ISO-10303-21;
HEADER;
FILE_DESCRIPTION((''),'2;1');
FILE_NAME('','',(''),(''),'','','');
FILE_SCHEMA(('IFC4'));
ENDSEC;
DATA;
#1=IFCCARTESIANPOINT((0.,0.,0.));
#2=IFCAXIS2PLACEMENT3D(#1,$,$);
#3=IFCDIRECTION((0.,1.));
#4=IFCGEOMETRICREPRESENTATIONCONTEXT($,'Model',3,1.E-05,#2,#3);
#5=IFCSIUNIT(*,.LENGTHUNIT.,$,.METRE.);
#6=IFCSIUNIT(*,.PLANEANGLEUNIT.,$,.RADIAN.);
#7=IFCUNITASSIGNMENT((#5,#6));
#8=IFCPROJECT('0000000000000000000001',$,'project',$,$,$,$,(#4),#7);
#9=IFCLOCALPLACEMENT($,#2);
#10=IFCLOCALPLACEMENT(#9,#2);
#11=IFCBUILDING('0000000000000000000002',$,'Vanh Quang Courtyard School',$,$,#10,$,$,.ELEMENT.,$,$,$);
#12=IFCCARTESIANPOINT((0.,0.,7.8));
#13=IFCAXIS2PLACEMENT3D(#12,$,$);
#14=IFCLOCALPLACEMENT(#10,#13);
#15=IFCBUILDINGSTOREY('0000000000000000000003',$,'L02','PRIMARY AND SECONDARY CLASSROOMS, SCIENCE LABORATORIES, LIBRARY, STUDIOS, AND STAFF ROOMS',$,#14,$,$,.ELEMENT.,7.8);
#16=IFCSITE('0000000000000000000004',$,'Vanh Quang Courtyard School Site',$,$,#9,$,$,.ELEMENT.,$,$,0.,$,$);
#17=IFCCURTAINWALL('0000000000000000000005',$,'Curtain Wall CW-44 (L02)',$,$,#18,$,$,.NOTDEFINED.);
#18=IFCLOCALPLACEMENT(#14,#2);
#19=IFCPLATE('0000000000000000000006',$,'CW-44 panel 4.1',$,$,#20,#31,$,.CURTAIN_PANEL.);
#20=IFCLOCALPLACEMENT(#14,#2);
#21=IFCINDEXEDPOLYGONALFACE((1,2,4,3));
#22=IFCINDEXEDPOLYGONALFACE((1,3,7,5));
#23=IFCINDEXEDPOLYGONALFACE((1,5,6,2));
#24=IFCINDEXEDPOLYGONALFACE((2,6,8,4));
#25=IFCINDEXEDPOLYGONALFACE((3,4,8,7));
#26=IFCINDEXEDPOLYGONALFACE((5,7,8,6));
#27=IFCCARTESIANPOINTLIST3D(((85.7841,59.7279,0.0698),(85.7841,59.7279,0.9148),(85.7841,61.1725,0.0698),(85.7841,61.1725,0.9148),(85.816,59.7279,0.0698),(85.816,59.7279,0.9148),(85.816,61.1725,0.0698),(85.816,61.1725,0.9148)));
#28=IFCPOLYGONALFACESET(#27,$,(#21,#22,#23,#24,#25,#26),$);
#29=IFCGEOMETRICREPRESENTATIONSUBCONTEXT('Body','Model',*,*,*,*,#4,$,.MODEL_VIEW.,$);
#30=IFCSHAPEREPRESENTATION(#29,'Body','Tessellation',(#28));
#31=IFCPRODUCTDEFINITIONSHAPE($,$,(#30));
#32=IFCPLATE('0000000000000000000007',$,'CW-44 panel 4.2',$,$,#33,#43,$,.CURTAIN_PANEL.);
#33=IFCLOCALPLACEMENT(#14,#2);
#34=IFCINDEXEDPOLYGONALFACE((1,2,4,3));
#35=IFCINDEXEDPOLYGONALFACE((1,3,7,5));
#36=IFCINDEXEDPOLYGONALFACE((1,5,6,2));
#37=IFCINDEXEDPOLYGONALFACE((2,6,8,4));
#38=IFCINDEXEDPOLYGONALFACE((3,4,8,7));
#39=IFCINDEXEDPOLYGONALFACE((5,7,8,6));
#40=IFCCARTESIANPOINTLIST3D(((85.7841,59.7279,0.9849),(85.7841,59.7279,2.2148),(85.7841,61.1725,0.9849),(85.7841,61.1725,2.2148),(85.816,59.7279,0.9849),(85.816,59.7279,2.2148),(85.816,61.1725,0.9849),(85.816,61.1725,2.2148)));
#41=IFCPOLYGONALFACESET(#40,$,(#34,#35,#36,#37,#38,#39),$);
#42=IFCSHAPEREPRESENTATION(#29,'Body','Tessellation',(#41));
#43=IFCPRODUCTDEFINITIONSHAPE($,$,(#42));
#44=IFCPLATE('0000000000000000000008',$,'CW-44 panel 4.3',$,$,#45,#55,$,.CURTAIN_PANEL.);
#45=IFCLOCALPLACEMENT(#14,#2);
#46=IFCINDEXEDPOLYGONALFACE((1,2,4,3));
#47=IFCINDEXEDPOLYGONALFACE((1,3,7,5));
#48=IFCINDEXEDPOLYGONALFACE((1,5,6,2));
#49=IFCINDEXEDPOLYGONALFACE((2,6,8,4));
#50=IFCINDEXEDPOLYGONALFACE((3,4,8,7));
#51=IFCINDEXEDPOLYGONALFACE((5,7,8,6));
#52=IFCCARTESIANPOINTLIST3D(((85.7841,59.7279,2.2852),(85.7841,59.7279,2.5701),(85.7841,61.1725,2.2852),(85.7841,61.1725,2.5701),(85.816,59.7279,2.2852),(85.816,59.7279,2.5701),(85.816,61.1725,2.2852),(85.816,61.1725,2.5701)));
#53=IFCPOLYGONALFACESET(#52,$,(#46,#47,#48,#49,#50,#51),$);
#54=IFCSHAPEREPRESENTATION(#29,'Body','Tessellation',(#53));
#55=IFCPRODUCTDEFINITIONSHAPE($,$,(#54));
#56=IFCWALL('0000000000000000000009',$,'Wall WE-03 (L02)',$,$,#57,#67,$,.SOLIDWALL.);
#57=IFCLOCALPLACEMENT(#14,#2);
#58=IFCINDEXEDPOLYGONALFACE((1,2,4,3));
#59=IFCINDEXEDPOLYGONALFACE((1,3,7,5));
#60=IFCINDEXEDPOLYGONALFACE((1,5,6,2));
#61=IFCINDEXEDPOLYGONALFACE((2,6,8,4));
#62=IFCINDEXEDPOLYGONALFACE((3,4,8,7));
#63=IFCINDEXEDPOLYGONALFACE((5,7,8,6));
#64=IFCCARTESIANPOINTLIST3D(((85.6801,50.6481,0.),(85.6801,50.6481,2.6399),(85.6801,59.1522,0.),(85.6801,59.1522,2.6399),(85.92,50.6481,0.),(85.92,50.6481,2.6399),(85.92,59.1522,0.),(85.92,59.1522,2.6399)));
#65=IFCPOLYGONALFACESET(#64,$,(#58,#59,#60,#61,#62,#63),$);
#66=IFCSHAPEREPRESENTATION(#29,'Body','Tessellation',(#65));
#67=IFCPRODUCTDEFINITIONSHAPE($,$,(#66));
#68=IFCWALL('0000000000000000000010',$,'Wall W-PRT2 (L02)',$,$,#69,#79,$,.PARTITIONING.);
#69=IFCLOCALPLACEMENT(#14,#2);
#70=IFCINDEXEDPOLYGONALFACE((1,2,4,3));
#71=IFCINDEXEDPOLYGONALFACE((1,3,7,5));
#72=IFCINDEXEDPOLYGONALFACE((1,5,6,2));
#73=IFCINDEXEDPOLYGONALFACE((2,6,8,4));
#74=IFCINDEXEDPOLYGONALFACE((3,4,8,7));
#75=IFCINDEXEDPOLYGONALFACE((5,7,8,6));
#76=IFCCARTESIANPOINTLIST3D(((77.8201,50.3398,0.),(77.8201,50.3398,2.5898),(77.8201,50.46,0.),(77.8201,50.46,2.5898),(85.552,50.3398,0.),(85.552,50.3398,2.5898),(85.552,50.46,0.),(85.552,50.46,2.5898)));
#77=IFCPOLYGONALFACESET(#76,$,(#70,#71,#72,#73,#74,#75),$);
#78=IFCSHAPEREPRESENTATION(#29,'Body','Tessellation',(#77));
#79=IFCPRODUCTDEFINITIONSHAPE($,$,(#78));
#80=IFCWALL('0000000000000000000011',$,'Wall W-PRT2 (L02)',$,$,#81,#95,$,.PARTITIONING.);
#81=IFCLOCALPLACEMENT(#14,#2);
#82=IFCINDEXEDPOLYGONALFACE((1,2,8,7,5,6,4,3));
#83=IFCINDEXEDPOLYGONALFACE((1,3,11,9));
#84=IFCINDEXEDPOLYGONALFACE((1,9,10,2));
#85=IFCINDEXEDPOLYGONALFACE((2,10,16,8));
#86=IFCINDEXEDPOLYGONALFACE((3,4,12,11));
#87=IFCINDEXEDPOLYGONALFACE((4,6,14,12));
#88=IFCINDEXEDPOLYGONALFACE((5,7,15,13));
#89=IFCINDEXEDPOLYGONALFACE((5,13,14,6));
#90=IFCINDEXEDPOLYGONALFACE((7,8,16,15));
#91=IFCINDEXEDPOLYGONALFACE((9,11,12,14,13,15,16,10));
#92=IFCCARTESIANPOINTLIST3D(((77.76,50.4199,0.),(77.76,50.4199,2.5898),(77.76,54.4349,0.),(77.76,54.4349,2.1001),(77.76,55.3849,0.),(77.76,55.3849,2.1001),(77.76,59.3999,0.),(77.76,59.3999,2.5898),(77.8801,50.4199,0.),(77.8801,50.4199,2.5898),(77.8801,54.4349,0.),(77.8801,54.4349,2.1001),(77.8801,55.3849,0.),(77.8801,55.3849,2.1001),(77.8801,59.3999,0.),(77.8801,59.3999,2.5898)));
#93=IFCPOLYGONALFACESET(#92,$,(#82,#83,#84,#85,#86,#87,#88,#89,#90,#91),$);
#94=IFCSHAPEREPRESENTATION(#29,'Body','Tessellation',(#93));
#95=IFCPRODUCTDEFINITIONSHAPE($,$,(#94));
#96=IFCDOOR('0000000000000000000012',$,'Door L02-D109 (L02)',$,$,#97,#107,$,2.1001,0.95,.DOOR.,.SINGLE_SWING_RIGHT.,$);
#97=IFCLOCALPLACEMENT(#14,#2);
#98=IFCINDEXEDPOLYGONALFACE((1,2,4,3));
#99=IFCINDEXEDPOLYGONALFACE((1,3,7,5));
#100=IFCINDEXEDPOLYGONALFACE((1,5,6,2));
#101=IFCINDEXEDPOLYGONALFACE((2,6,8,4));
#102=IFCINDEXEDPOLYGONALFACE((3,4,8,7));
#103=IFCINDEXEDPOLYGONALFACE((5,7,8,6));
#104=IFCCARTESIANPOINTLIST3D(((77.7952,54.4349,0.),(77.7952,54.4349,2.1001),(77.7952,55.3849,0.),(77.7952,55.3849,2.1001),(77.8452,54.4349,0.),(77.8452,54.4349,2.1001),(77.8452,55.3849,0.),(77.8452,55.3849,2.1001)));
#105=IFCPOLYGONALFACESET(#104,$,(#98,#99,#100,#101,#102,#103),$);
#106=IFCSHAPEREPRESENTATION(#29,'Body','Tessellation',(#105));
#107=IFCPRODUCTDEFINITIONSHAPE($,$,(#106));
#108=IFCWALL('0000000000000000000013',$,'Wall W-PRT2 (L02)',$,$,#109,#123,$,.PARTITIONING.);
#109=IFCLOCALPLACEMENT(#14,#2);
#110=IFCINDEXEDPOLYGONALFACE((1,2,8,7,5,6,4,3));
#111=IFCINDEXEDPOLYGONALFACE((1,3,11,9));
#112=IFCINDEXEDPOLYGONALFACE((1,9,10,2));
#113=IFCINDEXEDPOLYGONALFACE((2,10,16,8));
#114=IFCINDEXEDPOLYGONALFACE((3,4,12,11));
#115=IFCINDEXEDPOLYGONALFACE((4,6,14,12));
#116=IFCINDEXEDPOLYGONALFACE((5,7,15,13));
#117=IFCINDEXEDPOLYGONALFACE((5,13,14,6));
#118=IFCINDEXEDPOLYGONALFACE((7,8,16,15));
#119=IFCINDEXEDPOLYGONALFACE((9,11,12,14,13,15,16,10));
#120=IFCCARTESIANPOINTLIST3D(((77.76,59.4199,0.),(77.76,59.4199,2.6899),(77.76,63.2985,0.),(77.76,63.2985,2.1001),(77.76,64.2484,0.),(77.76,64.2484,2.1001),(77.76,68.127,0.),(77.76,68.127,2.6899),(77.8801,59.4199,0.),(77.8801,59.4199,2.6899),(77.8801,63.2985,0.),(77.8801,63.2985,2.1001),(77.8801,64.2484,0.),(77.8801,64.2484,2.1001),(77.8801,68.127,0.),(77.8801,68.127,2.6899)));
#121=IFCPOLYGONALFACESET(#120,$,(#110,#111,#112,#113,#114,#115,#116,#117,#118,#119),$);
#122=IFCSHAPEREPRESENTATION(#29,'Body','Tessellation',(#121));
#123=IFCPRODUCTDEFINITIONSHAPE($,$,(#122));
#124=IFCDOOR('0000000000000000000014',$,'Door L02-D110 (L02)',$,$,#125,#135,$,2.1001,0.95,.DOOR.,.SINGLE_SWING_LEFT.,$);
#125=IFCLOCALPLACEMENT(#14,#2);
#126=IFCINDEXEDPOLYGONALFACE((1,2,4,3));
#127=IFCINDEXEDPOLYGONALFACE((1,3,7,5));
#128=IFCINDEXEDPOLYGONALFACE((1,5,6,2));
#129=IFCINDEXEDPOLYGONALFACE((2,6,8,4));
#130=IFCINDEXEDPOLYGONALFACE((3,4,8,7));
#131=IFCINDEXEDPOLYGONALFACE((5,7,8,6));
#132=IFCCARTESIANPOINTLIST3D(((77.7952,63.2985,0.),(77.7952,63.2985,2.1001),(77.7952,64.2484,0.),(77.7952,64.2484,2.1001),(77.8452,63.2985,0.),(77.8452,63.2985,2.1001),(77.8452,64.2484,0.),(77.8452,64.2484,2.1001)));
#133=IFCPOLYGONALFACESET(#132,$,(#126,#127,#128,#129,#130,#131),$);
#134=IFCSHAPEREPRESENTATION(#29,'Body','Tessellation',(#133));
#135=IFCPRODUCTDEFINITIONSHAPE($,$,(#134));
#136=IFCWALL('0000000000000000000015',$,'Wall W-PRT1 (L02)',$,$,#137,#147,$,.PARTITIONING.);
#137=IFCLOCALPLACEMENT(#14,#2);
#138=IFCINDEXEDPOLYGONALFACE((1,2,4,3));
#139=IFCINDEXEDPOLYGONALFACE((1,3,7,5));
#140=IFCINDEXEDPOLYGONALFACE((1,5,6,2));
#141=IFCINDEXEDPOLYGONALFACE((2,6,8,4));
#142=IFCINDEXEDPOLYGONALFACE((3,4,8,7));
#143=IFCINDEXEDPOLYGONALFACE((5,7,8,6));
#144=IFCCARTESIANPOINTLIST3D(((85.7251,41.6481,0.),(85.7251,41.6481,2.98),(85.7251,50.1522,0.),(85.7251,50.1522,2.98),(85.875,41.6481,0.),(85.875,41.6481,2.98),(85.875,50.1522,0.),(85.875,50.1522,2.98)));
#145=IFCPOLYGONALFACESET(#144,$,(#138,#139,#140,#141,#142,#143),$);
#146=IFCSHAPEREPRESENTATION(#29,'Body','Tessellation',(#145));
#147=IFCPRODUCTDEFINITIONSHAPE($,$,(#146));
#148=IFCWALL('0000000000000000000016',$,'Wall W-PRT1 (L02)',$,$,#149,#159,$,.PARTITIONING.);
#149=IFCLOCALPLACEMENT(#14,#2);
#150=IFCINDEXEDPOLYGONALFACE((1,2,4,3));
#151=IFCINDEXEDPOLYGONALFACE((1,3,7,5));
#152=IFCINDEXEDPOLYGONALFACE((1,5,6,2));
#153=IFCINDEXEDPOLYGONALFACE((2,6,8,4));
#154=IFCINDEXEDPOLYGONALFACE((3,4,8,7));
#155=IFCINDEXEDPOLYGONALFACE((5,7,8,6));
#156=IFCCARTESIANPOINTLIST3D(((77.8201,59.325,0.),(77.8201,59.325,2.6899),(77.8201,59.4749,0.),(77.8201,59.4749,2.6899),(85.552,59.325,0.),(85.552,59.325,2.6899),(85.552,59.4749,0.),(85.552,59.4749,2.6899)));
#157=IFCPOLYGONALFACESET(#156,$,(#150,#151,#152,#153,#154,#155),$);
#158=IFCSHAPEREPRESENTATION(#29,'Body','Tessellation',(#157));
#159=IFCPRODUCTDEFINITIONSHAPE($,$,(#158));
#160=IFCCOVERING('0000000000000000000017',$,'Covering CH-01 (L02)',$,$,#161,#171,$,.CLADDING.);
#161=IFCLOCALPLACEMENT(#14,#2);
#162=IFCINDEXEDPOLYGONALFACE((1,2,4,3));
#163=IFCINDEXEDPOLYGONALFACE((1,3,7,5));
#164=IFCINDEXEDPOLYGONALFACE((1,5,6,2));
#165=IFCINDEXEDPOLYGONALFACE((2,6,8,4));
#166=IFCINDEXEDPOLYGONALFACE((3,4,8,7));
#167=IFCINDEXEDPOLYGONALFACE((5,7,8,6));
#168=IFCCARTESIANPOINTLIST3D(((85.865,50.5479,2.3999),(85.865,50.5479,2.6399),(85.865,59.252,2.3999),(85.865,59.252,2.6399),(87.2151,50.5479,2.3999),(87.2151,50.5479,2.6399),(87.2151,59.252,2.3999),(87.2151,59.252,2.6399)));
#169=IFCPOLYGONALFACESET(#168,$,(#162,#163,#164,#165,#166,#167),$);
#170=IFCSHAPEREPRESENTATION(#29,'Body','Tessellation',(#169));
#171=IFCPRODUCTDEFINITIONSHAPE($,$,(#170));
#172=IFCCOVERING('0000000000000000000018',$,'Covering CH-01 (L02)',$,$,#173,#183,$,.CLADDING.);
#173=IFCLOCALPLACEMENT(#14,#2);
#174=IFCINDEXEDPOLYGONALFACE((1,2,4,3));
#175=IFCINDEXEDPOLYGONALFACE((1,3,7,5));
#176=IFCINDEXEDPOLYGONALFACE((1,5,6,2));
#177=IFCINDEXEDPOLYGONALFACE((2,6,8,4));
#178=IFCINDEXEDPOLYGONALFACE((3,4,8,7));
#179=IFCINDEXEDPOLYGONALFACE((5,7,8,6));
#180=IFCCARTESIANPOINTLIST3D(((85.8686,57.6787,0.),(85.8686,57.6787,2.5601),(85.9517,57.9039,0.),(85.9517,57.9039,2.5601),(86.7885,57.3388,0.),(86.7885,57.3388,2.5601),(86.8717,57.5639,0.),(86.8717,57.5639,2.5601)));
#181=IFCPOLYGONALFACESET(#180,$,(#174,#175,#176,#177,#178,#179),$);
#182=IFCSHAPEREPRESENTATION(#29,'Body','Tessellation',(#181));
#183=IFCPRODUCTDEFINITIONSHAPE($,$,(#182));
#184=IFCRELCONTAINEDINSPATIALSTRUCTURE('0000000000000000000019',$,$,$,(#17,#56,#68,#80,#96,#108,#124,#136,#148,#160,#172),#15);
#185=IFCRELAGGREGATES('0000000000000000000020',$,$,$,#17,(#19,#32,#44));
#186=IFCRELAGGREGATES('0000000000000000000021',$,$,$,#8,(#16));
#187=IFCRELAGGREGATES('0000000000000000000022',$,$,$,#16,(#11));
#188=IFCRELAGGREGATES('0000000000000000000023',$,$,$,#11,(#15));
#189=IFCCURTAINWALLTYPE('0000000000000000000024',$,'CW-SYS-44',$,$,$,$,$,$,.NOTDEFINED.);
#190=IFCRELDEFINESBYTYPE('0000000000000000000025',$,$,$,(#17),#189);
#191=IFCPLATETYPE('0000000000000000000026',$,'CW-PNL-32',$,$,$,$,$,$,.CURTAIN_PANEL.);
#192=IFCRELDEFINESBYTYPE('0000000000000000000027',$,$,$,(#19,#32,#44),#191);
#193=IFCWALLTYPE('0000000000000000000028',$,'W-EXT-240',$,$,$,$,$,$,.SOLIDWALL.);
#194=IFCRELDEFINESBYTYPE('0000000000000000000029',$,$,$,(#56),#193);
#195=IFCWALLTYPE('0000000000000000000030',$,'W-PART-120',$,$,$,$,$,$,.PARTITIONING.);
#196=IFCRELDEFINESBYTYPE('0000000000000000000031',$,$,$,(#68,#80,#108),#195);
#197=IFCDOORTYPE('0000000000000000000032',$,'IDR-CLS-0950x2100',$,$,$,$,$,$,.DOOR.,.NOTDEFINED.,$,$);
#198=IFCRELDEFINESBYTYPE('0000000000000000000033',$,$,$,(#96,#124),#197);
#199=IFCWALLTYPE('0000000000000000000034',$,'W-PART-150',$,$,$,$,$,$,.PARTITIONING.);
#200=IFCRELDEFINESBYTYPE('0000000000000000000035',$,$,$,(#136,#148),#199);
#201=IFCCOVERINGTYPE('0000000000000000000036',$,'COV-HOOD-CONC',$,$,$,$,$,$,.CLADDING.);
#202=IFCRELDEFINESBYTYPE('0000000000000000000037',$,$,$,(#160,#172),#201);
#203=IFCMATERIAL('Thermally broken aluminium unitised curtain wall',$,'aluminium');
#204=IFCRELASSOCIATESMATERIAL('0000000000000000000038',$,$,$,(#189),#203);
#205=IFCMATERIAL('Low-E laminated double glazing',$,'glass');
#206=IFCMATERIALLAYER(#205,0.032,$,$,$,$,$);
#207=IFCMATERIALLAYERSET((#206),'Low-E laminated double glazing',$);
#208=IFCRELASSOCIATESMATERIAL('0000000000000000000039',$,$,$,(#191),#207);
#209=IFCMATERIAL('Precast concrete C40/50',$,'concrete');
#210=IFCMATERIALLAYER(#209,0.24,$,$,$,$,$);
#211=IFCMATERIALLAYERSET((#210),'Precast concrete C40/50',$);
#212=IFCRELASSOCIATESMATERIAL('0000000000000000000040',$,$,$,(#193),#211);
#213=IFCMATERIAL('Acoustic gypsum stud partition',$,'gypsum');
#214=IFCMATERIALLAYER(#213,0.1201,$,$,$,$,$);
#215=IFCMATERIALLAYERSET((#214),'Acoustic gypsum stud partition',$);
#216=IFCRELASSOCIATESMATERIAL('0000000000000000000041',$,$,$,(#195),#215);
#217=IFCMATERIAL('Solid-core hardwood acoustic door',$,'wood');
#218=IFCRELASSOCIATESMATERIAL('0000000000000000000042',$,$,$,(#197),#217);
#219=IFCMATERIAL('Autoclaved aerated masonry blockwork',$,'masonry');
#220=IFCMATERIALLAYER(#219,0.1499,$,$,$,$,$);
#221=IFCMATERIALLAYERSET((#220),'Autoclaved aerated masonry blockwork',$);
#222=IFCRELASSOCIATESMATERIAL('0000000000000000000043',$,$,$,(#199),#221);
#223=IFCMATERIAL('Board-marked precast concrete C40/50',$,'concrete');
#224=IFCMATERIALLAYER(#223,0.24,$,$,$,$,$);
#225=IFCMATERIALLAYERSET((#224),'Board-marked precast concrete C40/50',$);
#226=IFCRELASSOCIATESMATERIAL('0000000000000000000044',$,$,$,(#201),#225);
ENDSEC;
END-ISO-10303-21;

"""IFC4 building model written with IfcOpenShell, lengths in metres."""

from ifc_helpers import new_model, si_unit, direction, frame, frame_2d, origin, origin_2d, place, context, subcontext, project, spatial, rectangle, extrude, material, layer, layer_set, type_object, element, fill, aggregate, save


model = new_model("IFC4")

# Units and contexts
model_context = context("Model", 3, precision=1e-05, world=origin(), true_north=direction((0.0, 1.0)))
body_context = subcontext(model_context, "Body", "Model", "MODEL_VIEW")
ifc_project = project(units=[si_unit("LENGTHUNIT", "METRE"), si_unit("PLANEANGLEUNIT", "RADIAN")], contexts=[model_context])

# Site, building, storey
site_placement = place(None, origin())
site = spatial("IfcSite", under=ifc_project, at=site_placement, Name="Vanh Quang Courtyard School Site", CompositionType="ELEMENT", RefElevation=0.0)
building_placement = place(site_placement, origin())
building = spatial("IfcBuilding", under=site, at=building_placement, Name="Vanh Quang Courtyard School", CompositionType="ELEMENT")
storey_placement = place(building_placement, frame((0.0, 0.0, 7.8)))
storey = spatial("IfcBuildingStorey", under=building, at=storey_placement, Name="L02", Description="PRIMARY AND SECONDARY CLASSROOMS, SCIENCE LABORATORIES, LIBRARY, STUDIOS, AND STAFF ROOMS", CompositionType="ELEMENT", Elevation=7.8)

# Curtain wall, plates
ifc_material_1 = material(Name="Thermally broken aluminium unitised curtain wall", Category="aluminium")
curtain_wall_type = type_object("IfcCurtainWallType", Name="CW-SYS-44", PredefinedType="NOTDEFINED", material=ifc_material_1)
curtain_wall_placement = place(storey_placement, origin())
curtain_wall = element("IfcCurtainWall", 1, at=curtain_wall_placement, inside=storey, type_object=curtain_wall_type, Name="Curtain Wall CW-44 (L02)", PredefinedType="NOTDEFINED")
ifc_material_2 = material(Name="Low-E laminated double glazing", Category="glass")
ifc_layer_1 = layer(ifc_material_2, 0.032)
ifc_layer_set_1 = layer_set([ifc_layer_1], Name="Low-E laminated double glazing")
plate_type = type_object("IfcPlateType", Name="CW-PNL-32", PredefinedType="CURTAIN_PANEL", material=ifc_layer_set_1)
plate_1_placement = place(storey_placement, frame((85.8, 60.4502, 0.0698), z_axis=(0.0, 0.0, 1.0), x_axis=(0.0, -1.0, 0.0)))
plate_1 = element("IfcPlate", 2, at=plate_1_placement, type_object=plate_type, Name="CW-44 panel 4.1", PredefinedType="CURTAIN_PANEL", context=body_context, shape_type="SweptSolid", body=[
    extrude(rectangle(XDim=1.4446, YDim=0.032, at=origin_2d()), origin(), (0.0, 0.0, 1.0), 0.845),
])
plate_2_placement = place(storey_placement, frame((85.8, 60.4502, 0.9849), z_axis=(0.0, 0.0, 1.0), x_axis=(0.0, -1.0, 0.0)))
plate_2 = element("IfcPlate", 3, at=plate_2_placement, type_object=plate_type, Name="CW-44 panel 4.2", PredefinedType="CURTAIN_PANEL", context=body_context, shape_type="SweptSolid", body=[
    extrude(rectangle(XDim=1.4446, YDim=0.032, at=origin_2d()), origin(), (0.0, 0.0, 1.0), 1.23),
])
plate_3_placement = place(storey_placement, frame((85.8, 60.4502, 2.2852), z_axis=(0.0, 0.0, 1.0), x_axis=(0.0, -1.0, 0.0)))
plate_3 = element("IfcPlate", 4, at=plate_3_placement, type_object=plate_type, Name="CW-44 panel 4.3", PredefinedType="CURTAIN_PANEL", context=body_context, shape_type="SweptSolid", body=[
    extrude(rectangle(XDim=1.4446, YDim=0.032, at=origin_2d()), origin(), (0.0, 0.0, 1.0), 0.2849),
])
aggregate(curtain_wall, [plate_1, plate_2, plate_3])

# Walls
ifc_material_3 = material(Name="Precast concrete C40/50", Category="concrete")
ifc_layer_2 = layer(ifc_material_3, 0.24)
ifc_layer_set_2 = layer_set([ifc_layer_2], Name="Precast concrete C40/50")
wall_type_1 = type_object("IfcWallType", Name="W-EXT-240", PredefinedType="SOLIDWALL", material=ifc_layer_set_2)
wall_1_placement = place(storey_placement, frame((85.8, 59.1521, 0.0), z_axis=(0.0, 0.0, 1.0), x_axis=(0.0, -1.0, 0.0)))
element("IfcWall", 5, at=wall_1_placement, inside=storey, type_object=wall_type_1, Name="Wall WE-03 (L02)", PredefinedType="SOLIDWALL", context=body_context, shape_type="SweptSolid", body=[
    extrude(rectangle(XDim=8.5042, YDim=0.24, at=frame_2d((4.252, 0.0))), origin(), (0.0, 0.0, 1.0), 2.6399),
])
ifc_material_4 = material(Name="Acoustic gypsum stud partition", Category="gypsum")
ifc_layer_3 = layer(ifc_material_4, 0.1201)
ifc_layer_set_3 = layer_set([ifc_layer_3], Name="Acoustic gypsum stud partition")
wall_type_2 = type_object("IfcWallType", Name="W-PART-120", PredefinedType="PARTITIONING", material=ifc_layer_set_3)
wall_2_placement = place(storey_placement, frame((77.8201, 50.3999, 0.0), z_axis=(0.0, 0.0, 1.0), x_axis=(1.0, 0.0, 0.0)))
element("IfcWall", 6, at=wall_2_placement, inside=storey, type_object=wall_type_2, Name="Wall W-PRT2 (L02)", PredefinedType="PARTITIONING", context=body_context, shape_type="SweptSolid", body=[
    extrude(rectangle(XDim=7.7319, YDim=0.1201, at=frame_2d((3.866, 0.0))), origin(), (0.0, 0.0, 1.0), 2.5898),
])

# Walls, openings, doors
wall_3_placement = place(storey_placement, frame((77.8201, 50.4199, 0.0), z_axis=(0.0, 0.0, 1.0), x_axis=(0.0, 1.0, 0.0)))
wall_3 = element("IfcWall", 7, at=wall_3_placement, inside=storey, type_object=wall_type_2, Name="Wall W-PRT2 (L02)", PredefinedType="PARTITIONING", context=body_context, shape_type="SweptSolid", body=[
    extrude(rectangle(XDim=8.98, YDim=0.1201, at=frame_2d((4.49, 0.0))), origin(), (0.0, 0.0, 1.0), 2.5898),
])
opening_1_placement = place(wall_3_placement, frame((4.0149, 0.0, 0.0)))
opening_1 = element("IfcOpeningElement", 8, at=opening_1_placement, cuts=wall_3, PredefinedType="OPENING", context=body_context, shape_type="SweptSolid", body=[
    extrude(rectangle(XDim=0.95, YDim=2.1001, at=frame_2d((0.4751, 1.05))), frame((0.0, 0.0701, 0.0), z_axis=(0.0, -1.0, 0.0), x_axis=(1.0, 0.0, 0.0)), (0.0, 0.0, 1.0), 0.1401),
])
ifc_material_5 = material(Name="Solid-core hardwood acoustic door", Category="wood")
door_type = type_object("IfcDoorType", Name="IDR-CLS-0950x2100", OperationType="NOTDEFINED", PredefinedType="DOOR", material=ifc_material_5)
door_1_placement = place(opening_1_placement, origin())
door_1 = element("IfcDoor", 9, at=door_1_placement, inside=storey, type_object=door_type, Name="Door L02-D109 (L02)", OperationType="SINGLE_SWING_RIGHT", OverallHeight=2.1001, OverallWidth=0.95, PredefinedType="DOOR", context=body_context, shape_type="SweptSolid", body=[
    extrude(rectangle(XDim=0.95, YDim=2.1001, at=frame_2d((0.4751, 1.05))), frame((0.0, 0.0249, 0.0), z_axis=(0.0, -1.0, 0.0), x_axis=(1.0, 0.0, 0.0)), (0.0, 0.0, 1.0), 0.05),
])
fill(opening_1, door_1)
wall_4_placement = place(storey_placement, frame((77.8201, 59.4199, 0.0), z_axis=(0.0, 0.0, 1.0), x_axis=(0.0, 1.0, 0.0)))
wall_4 = element("IfcWall", 10, at=wall_4_placement, inside=storey, type_object=wall_type_2, Name="Wall W-PRT2 (L02)", PredefinedType="PARTITIONING", context=body_context, shape_type="SweptSolid", body=[
    extrude(rectangle(XDim=8.707, YDim=0.1201, at=frame_2d((4.3535, 0.0))), origin(), (0.0, 0.0, 1.0), 2.6899),
])
opening_2_placement = place(wall_4_placement, frame((3.8784, 0.0, 0.0)))
opening_2 = element("IfcOpeningElement", 11, at=opening_2_placement, cuts=wall_4, PredefinedType="OPENING", context=body_context, shape_type="SweptSolid", body=[
    extrude(rectangle(XDim=0.95, YDim=2.1001, at=frame_2d((0.4751, 1.05))), frame((0.0, 0.0701, 0.0), z_axis=(0.0, -1.0, 0.0), x_axis=(1.0, 0.0, 0.0)), (0.0, 0.0, 1.0), 0.1401),
])
door_2_placement = place(opening_2_placement, origin())
door_2 = element("IfcDoor", 12, at=door_2_placement, inside=storey, type_object=door_type, Name="Door L02-D110 (L02)", OperationType="SINGLE_SWING_LEFT", OverallHeight=2.1001, OverallWidth=0.95, PredefinedType="DOOR", context=body_context, shape_type="SweptSolid", body=[
    extrude(rectangle(XDim=0.95, YDim=2.1001, at=frame_2d((0.4751, 1.05))), frame((0.0, 0.0249, 0.0), z_axis=(0.0, -1.0, 0.0), x_axis=(1.0, 0.0, 0.0)), (0.0, 0.0, 1.0), 0.05),
])
fill(opening_2, door_2)

# Walls
ifc_material_6 = material(Name="Autoclaved aerated masonry blockwork", Category="masonry")
ifc_layer_4 = layer(ifc_material_6, 0.1499)
ifc_layer_set_4 = layer_set([ifc_layer_4], Name="Autoclaved aerated masonry blockwork")
wall_type_3 = type_object("IfcWallType", Name="W-PART-150", PredefinedType="PARTITIONING", material=ifc_layer_set_4)
wall_5_placement = place(storey_placement, frame((85.8, 50.1521, 0.0), z_axis=(0.0, 0.0, 1.0), x_axis=(0.0, -1.0, 0.0)))
element("IfcWall", 13, at=wall_5_placement, inside=storey, type_object=wall_type_3, Name="Wall W-PRT1 (L02)", PredefinedType="PARTITIONING", context=body_context, shape_type="SweptSolid", body=[
    extrude(rectangle(XDim=8.5042, YDim=0.1499, at=frame_2d((4.252, 0.0))), origin(), (0.0, 0.0, 1.0), 2.98),
])
wall_6_placement = place(storey_placement, frame((77.8201, 59.3999, 0.0), z_axis=(0.0, 0.0, 1.0), x_axis=(1.0, 0.0, 0.0)))
element("IfcWall", 14, at=wall_6_placement, inside=storey, type_object=wall_type_3, Name="Wall W-PRT1 (L02)", PredefinedType="PARTITIONING", context=body_context, shape_type="SweptSolid", body=[
    extrude(rectangle(XDim=7.7319, YDim=0.1499, at=frame_2d((3.866, 0.0))), origin(), (0.0, 0.0, 1.0), 2.6899),
])

# Coverings
ifc_material_7 = material(Name="Board-marked precast concrete C40/50", Category="concrete")
ifc_layer_5 = layer(ifc_material_7, 0.24)
ifc_layer_set_5 = layer_set([ifc_layer_5], Name="Board-marked precast concrete C40/50")
covering_type = type_object("IfcCoveringType", Name="COV-HOOD-CONC", PredefinedType="CLADDING", material=ifc_layer_set_5)
covering_1_placement = place(storey_placement, frame((86.54, 54.8999, 2.3999), z_axis=(0.0, 0.0, 1.0), x_axis=(0.0, -1.0, 0.0)))
element("IfcCovering", 15, at=covering_1_placement, inside=storey, type_object=covering_type, Name="Covering CH-01 (L02)", PredefinedType="CLADDING", context=body_context, shape_type="SweptSolid", body=[
    extrude(rectangle(XDim=8.7041, YDim=1.3501, at=origin_2d()), origin(), (0.0, 0.0, 1.0), 0.24),
])
covering_2_placement = place(storey_placement, frame((86.3701, 57.6213, 0.0), z_axis=(0.0, 0.0, 1.0), x_axis=(0.93801, -0.346608, 0.0)))
element("IfcCovering", 16, at=covering_2_placement, inside=storey, type_object=covering_type, Name="Covering CH-01 (L02)", PredefinedType="CLADDING", context=body_context, shape_type="SweptSolid", body=[
    extrude(rectangle(XDim=0.9807, YDim=0.24, at=origin_2d()), origin(), (0.0, 0.0, 1.0), 2.5601),
])

save(model, "model.ifc")
